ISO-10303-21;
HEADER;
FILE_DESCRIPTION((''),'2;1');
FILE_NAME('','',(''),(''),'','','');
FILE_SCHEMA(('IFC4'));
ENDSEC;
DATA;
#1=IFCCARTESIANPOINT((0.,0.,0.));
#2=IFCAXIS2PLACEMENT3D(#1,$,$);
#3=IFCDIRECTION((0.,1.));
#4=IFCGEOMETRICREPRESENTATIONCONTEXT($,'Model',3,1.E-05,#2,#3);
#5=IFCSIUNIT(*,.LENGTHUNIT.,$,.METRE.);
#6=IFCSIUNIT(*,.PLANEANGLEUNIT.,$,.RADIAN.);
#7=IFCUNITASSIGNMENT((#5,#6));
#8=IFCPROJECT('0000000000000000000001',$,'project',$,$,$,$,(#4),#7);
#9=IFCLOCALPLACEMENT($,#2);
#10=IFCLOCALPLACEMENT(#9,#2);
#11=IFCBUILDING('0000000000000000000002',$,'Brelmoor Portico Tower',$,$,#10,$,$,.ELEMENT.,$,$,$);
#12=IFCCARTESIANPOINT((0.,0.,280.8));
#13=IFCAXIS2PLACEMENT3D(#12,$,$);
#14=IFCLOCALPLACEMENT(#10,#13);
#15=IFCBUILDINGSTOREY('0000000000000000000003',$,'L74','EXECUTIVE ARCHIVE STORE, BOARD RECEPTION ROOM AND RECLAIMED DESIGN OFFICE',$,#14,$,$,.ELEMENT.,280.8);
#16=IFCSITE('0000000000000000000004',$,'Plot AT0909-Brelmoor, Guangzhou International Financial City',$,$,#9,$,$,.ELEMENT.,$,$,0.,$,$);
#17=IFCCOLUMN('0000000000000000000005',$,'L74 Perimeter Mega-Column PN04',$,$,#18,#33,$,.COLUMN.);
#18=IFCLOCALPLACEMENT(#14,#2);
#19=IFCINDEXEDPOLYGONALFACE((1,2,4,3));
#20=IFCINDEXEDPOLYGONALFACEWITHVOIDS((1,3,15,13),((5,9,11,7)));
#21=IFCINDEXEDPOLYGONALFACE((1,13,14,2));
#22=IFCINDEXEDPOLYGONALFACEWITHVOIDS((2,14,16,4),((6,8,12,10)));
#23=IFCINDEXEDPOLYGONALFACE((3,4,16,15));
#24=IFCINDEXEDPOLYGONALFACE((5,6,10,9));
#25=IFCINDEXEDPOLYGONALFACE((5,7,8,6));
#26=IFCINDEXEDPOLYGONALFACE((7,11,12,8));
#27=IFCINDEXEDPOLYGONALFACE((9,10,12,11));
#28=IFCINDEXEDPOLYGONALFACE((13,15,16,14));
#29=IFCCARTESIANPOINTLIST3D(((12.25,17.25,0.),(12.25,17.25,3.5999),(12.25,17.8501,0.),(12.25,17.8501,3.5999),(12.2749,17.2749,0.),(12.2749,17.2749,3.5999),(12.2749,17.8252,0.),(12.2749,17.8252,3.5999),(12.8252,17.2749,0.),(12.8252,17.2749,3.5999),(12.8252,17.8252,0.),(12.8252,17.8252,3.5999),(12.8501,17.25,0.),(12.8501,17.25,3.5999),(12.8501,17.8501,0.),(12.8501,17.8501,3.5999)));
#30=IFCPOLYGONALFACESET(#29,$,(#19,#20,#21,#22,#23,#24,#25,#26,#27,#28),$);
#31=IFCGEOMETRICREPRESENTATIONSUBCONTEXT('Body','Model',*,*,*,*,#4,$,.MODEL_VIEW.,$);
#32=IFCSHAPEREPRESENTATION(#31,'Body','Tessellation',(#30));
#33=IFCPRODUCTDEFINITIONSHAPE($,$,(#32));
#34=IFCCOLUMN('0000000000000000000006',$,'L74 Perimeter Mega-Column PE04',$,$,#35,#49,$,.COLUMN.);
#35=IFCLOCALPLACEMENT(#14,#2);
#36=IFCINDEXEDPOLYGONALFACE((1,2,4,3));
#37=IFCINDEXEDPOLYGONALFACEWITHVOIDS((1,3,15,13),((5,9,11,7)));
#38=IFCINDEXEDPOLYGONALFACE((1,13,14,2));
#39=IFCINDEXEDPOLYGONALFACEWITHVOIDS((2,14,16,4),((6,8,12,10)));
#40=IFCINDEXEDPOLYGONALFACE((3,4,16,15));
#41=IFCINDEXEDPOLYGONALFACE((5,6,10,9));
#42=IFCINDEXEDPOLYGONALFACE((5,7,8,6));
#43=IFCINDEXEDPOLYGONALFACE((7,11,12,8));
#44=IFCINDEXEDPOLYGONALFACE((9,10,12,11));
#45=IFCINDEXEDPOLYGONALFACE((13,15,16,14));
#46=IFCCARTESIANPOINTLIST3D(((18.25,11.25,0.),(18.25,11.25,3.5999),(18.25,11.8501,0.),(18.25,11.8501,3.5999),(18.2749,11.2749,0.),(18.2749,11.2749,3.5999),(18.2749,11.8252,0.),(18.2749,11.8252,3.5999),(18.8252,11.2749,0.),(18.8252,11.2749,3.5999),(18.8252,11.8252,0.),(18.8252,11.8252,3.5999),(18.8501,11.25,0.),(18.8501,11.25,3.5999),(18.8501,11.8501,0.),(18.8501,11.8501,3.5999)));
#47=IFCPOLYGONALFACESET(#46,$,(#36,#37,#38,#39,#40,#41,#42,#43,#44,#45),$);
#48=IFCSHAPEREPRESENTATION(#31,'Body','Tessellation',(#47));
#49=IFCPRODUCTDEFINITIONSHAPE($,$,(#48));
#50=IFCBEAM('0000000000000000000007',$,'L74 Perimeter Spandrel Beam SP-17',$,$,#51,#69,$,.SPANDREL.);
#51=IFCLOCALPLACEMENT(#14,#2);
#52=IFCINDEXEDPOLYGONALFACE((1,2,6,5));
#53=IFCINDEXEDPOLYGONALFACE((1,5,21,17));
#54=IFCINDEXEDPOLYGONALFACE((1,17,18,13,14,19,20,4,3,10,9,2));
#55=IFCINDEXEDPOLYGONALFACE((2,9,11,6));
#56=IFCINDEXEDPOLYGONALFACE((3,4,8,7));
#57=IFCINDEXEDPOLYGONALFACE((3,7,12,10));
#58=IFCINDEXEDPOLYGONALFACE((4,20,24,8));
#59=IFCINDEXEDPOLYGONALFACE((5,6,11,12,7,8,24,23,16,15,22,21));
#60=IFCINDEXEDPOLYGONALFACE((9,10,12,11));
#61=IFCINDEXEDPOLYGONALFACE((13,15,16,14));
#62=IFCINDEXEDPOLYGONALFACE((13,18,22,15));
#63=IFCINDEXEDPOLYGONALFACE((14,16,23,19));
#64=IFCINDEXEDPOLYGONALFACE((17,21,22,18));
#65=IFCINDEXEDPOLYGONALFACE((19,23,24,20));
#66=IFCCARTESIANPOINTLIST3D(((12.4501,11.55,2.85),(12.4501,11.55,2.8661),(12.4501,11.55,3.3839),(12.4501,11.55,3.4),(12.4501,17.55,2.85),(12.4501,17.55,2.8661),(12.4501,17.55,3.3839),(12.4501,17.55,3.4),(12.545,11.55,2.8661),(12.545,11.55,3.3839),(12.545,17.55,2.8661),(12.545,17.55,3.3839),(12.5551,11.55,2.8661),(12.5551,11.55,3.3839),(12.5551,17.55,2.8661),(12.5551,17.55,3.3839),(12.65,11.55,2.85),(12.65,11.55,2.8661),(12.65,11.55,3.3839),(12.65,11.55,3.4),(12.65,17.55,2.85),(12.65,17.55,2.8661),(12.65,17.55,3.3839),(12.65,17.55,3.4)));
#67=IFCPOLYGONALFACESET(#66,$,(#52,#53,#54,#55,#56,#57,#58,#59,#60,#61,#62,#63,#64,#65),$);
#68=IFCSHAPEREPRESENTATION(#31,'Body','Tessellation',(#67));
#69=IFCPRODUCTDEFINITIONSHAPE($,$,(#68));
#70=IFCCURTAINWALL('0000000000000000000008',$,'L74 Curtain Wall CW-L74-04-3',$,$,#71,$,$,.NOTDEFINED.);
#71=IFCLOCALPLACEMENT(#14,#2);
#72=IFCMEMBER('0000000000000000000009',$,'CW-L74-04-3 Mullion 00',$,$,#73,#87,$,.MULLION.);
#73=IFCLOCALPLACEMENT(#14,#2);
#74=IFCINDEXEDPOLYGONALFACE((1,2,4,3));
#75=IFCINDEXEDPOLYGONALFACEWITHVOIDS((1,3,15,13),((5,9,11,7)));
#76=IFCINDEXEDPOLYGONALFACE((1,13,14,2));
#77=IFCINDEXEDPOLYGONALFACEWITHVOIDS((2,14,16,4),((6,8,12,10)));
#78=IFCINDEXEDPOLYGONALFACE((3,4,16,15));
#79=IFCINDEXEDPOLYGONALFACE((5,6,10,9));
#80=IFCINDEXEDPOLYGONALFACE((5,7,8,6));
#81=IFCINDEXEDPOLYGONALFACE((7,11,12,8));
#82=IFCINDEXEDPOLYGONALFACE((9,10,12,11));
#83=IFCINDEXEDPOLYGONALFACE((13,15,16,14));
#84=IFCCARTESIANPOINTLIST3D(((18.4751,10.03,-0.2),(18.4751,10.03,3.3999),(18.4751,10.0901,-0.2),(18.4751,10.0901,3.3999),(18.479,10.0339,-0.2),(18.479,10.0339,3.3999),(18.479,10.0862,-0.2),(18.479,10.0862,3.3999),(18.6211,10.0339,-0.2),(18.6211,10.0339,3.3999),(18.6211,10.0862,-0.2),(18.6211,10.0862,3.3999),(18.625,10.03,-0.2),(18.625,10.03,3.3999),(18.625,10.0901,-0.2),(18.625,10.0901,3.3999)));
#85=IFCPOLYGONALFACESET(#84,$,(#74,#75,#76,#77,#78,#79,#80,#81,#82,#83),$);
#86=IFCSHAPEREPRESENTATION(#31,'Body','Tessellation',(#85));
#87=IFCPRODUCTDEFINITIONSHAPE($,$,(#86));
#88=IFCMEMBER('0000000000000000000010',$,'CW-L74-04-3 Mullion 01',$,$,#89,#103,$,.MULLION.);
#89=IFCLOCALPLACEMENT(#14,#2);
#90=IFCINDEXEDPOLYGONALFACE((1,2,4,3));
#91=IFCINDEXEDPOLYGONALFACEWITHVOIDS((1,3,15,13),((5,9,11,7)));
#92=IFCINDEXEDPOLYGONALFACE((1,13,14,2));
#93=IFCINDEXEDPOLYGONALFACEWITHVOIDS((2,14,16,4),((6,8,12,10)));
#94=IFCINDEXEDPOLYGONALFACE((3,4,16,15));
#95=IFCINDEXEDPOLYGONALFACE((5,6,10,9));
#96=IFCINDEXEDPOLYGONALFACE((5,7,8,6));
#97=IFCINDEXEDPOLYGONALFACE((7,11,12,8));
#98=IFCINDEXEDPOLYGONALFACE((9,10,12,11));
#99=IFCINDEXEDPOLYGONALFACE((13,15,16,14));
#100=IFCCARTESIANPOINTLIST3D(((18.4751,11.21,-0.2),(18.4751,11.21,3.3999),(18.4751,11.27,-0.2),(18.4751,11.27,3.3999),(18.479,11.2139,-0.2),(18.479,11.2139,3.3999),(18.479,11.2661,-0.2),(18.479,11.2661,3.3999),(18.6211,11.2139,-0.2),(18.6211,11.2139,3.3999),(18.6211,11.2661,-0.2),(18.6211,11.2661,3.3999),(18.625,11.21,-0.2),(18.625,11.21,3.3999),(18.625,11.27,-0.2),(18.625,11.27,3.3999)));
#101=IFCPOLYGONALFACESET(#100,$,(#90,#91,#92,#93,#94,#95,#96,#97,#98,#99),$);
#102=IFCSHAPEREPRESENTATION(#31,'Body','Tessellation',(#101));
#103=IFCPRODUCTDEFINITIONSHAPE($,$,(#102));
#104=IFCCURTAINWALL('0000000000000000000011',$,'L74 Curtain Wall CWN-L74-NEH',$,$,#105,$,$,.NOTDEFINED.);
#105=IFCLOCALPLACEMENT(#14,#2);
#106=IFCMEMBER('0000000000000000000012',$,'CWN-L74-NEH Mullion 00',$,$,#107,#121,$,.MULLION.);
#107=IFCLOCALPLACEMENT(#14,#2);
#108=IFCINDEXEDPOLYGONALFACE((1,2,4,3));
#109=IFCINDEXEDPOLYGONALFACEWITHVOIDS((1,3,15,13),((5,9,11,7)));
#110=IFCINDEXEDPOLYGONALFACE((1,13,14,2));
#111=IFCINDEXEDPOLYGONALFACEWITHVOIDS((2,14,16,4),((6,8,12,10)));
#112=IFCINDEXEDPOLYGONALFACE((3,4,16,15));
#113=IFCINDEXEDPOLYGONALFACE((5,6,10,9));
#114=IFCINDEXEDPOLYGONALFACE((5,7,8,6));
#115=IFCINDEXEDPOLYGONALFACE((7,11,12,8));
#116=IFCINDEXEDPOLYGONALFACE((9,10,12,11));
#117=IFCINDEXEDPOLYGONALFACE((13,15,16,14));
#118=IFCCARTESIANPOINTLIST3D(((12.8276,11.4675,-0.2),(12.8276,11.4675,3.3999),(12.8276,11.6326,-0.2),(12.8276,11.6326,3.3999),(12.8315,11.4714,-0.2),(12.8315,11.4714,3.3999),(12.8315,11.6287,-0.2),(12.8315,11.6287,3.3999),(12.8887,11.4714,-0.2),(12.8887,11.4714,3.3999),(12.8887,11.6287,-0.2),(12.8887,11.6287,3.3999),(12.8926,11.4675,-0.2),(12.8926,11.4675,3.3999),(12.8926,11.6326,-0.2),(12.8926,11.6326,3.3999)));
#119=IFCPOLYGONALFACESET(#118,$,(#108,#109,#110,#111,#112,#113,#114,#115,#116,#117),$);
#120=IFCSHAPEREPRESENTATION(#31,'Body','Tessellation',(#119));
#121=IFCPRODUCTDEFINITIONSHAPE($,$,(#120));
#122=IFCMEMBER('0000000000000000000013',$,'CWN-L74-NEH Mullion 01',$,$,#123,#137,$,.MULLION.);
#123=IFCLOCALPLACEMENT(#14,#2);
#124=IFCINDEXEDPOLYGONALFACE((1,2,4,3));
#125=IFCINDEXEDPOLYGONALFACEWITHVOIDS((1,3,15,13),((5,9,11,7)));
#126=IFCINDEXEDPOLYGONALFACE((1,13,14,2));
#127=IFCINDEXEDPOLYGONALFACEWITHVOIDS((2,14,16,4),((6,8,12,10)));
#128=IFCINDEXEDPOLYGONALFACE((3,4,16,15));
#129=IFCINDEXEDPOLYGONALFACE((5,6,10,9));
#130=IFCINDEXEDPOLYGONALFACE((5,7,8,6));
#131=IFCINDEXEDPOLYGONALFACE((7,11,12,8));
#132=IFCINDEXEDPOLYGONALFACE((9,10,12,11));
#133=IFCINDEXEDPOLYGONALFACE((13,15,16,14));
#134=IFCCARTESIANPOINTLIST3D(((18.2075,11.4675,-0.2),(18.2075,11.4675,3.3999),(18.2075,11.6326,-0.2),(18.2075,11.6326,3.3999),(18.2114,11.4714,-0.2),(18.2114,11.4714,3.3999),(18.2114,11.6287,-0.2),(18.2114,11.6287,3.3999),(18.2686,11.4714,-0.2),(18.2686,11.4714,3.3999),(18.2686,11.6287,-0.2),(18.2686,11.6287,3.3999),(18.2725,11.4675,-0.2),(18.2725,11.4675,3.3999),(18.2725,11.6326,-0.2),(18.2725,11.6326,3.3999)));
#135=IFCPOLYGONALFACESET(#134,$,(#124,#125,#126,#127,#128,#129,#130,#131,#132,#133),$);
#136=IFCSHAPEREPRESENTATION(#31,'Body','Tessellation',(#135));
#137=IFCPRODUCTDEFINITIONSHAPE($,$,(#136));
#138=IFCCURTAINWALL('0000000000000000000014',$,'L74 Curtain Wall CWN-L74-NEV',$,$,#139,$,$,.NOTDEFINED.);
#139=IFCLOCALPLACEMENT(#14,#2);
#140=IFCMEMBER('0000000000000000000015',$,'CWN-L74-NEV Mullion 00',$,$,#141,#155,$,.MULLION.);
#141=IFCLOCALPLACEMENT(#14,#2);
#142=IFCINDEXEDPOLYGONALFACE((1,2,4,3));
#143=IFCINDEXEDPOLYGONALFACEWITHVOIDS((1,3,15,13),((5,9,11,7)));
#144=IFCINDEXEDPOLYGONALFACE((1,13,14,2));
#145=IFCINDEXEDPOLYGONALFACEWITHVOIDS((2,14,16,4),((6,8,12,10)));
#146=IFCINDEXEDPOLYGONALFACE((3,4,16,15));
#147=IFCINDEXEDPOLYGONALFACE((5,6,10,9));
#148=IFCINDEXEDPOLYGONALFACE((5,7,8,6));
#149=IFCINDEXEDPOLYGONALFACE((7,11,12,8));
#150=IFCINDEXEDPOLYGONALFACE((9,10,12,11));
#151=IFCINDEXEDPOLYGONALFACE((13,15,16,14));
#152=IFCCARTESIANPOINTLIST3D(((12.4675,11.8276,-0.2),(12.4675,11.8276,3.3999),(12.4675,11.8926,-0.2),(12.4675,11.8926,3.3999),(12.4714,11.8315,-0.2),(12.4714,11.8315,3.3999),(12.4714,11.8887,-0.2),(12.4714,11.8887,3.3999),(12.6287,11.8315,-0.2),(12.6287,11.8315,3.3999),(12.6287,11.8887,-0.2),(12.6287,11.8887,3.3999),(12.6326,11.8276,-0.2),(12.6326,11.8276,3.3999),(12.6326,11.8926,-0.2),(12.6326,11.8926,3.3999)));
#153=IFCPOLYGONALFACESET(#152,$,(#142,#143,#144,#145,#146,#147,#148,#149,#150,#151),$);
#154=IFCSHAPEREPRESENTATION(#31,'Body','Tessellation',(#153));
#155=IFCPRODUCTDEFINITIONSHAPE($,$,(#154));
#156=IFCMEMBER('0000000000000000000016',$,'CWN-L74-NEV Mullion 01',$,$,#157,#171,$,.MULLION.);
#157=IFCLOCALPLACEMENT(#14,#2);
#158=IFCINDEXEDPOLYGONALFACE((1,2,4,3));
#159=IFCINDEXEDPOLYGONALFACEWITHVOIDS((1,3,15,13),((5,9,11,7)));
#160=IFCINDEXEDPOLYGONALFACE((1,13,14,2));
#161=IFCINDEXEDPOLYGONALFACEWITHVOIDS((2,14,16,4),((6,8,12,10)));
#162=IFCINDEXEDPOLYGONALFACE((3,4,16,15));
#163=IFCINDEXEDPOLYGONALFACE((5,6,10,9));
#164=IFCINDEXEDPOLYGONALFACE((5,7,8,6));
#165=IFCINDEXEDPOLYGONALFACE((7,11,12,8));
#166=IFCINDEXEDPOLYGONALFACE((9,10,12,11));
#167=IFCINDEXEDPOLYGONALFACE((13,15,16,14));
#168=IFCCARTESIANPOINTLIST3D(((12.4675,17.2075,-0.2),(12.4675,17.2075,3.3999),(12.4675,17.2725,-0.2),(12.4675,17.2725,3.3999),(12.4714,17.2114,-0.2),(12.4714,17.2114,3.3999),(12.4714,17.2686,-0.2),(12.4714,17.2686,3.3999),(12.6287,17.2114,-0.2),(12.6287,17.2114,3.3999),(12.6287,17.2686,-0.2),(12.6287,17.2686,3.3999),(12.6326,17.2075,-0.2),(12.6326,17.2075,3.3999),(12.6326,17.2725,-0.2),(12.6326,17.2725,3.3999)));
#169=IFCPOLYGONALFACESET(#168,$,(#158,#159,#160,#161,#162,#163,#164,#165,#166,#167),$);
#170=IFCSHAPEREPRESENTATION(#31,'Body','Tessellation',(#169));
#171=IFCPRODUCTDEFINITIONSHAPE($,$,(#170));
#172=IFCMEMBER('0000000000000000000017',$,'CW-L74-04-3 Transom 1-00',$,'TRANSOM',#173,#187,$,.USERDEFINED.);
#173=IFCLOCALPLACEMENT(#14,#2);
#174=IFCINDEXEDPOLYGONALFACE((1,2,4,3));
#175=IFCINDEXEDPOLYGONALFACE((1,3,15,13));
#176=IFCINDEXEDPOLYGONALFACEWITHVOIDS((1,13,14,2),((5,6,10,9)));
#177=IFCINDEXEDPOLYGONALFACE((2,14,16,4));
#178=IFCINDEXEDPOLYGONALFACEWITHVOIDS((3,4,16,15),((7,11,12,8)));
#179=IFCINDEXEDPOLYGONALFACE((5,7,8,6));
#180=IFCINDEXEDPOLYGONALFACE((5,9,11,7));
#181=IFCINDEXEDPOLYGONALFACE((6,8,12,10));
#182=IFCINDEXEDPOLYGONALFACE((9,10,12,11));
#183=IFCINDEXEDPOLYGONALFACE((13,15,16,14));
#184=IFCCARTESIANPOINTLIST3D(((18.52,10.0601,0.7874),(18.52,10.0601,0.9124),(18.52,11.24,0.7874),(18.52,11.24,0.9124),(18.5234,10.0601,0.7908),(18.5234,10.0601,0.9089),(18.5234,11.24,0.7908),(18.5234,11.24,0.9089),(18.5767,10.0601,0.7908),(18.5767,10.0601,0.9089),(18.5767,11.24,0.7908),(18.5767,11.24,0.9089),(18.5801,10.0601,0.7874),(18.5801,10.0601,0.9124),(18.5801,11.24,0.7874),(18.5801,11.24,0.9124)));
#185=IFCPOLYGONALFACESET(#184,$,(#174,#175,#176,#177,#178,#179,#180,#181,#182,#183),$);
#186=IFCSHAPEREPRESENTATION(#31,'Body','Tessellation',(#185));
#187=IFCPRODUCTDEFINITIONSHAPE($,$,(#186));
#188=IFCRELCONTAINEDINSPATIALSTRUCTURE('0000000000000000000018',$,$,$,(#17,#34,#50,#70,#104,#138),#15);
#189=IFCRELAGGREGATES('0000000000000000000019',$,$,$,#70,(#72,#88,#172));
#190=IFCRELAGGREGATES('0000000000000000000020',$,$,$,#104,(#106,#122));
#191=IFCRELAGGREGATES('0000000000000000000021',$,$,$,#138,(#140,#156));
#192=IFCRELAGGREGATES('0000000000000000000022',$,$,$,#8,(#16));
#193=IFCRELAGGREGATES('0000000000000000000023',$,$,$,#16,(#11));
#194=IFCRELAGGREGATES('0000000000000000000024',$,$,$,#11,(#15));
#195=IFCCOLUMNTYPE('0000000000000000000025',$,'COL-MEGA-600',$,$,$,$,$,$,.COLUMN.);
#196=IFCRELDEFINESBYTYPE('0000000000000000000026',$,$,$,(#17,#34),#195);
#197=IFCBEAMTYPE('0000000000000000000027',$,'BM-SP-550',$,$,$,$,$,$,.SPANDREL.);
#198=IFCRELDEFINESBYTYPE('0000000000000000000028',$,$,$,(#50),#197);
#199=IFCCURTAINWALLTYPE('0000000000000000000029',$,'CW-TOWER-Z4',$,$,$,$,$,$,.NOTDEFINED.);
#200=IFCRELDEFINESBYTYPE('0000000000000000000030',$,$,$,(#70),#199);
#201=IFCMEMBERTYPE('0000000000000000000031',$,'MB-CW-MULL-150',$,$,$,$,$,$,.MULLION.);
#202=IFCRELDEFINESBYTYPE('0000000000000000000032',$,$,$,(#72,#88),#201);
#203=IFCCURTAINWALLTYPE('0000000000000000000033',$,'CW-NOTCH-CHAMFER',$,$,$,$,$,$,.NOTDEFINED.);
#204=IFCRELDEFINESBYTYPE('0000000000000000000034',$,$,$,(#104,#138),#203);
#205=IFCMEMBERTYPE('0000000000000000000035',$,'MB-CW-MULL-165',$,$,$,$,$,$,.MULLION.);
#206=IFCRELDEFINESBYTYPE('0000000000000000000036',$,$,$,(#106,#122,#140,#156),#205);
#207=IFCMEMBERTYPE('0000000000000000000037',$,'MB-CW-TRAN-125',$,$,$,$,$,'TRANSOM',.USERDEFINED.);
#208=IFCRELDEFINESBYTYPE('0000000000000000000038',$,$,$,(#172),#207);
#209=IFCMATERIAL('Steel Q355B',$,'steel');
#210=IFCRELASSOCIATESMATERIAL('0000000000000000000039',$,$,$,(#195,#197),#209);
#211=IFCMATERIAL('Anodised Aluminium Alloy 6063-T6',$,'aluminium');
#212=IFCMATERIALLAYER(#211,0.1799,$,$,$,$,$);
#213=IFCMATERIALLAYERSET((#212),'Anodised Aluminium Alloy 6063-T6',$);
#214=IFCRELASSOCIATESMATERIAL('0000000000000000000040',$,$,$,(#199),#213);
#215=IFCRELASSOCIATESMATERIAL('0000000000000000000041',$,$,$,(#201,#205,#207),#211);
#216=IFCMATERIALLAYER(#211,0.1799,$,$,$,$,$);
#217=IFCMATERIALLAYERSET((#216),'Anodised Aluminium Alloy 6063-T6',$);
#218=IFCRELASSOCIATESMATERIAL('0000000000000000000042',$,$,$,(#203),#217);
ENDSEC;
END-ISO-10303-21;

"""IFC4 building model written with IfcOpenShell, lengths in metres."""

from ifc_helpers import new_model, si_unit, direction, frame, origin, origin_2d, place, context, subcontext, project, spatial, hollow_rectangle, i_section, extrude, material, layer, layer_set, material_profile, profile_set, type_object, element, aggregate, save


model = new_model("IFC4")

# Units and contexts
model_context = context("Model", 3, precision=1e-05, world=origin(), true_north=direction((0.0, 1.0)))
body_context = subcontext(model_context, "Body", "Model", "MODEL_VIEW")
ifc_project = project(units=[si_unit("LENGTHUNIT", "METRE"), si_unit("PLANEANGLEUNIT", "RADIAN")], contexts=[model_context])

# Site, building, storey
site_placement = place(None, origin())
site = spatial("IfcSite", under=ifc_project, at=site_placement, Name="Plot AT0909-Brelmoor, Guangzhou International Financial City", CompositionType="ELEMENT", RefElevation=0.0)
building_placement = place(site_placement, origin())
building = spatial("IfcBuilding", under=site, at=building_placement, Name="Brelmoor Portico Tower", CompositionType="ELEMENT")
storey_placement = place(building_placement, frame((0.0, 0.0, 280.8)))
storey = spatial("IfcBuildingStorey", under=building, at=storey_placement, Name="L74", Description="EXECUTIVE ARCHIVE STORE, BOARD RECEPTION ROOM AND RECLAIMED DESIGN OFFICE", CompositionType="ELEMENT", Elevation=280.8)

# Columns
ifc_material_1 = material(Name="Steel Q355B", Category="steel")
ifc_material_profile_1 = material_profile(ifc_material_1, hollow_rectangle(XDim=0.6001, YDim=0.6001, WallThickness=0.0249, at=origin_2d()), Name="BOX 600x600x25")
ifc_profile_set_1 = profile_set([ifc_material_profile_1], Name="Steel Q355B")
column_type = type_object("IfcColumnType", Name="COL-MEGA-600", PredefinedType="COLUMN", material=ifc_profile_set_1)
for number, where, z_axis, x_axis, name in (
    (1, (12.55, 17.55, 0.0), (0.0, 0.0, 1.0), (1.0, 0.0, 0.0), "L74 Perimeter Mega-Column PN04"),
    (2, (18.55, 11.55, 0.0), (0.0, 0.0, 1.0), (0.0, 1.0, 0.0), "L74 Perimeter Mega-Column PE04"),
):
    element("IfcColumn", number, at=place(storey_placement, frame(where, z_axis=z_axis, x_axis=x_axis)), inside=storey, type_object=column_type, Name=name, PredefinedType="COLUMN", context=body_context, shape_type="SweptSolid", body=[
        extrude(hollow_rectangle(XDim=0.6001, YDim=0.6001, WallThickness=0.0249, at=origin_2d()), origin(), (0.0, 0.0, 1.0), 3.5999),
    ])

# Beam
ifc_material_profile_2 = material_profile(ifc_material_1, i_section(OverallWidth=0.2, OverallDepth=0.55, WebThickness=0.01, FlangeThickness=0.0161, at=origin_2d()), Name="HN 550x200x10x16")
ifc_profile_set_2 = profile_set([ifc_material_profile_2], Name="Steel Q355B")
beam_type = type_object("IfcBeamType", Name="BM-SP-550", PredefinedType="SPANDREL", material=ifc_profile_set_2)
beam_placement = place(storey_placement, frame((12.55, 11.55, 3.125), z_axis=(0.0, 1.0, 0.0), x_axis=(-1.0, 0.0, 0.0)))
element("IfcBeam", 3, at=beam_placement, inside=storey, type_object=beam_type, Name="L74 Perimeter Spandrel Beam SP-17", PredefinedType="SPANDREL", context=body_context, shape_type="SweptSolid", body=[
    extrude(i_section(OverallWidth=0.2, OverallDepth=0.55, WebThickness=0.01, FlangeThickness=0.0161, at=origin_2d()), origin(), (0.0, 0.0, 1.0), 6.0),
])

# Curtain walls, members
ifc_material_2 = material(Name="Anodised Aluminium Alloy 6063-T6", Category="aluminium")
ifc_layer_1 = layer(ifc_material_2, 0.1799)
ifc_layer_set_1 = layer_set([ifc_layer_1], Name="Anodised Aluminium Alloy 6063-T6")
curtain_wall_type_1 = type_object("IfcCurtainWallType", Name="CW-TOWER-Z4", PredefinedType="NOTDEFINED", material=ifc_layer_set_1)
curtain_wall_1_placement = place(storey_placement, origin())
curtain_wall_1 = element("IfcCurtainWall", 4, at=curtain_wall_1_placement, inside=storey, type_object=curtain_wall_type_1, Name="L74 Curtain Wall CW-L74-04-3", PredefinedType="NOTDEFINED")
ifc_material_profile_3 = material_profile(ifc_material_2, hollow_rectangle(XDim=0.0601, YDim=0.1499, WallThickness=0.0039, at=origin_2d()), Name="ALU MULLION 60x150")
ifc_profile_set_3 = profile_set([ifc_material_profile_3], Name="Anodised Aluminium Alloy 6063-T6")
member_type_1 = type_object("IfcMemberType", Name="MB-CW-MULL-150", PredefinedType="MULLION", material=ifc_profile_set_3)
member_1_placement = place(storey_placement, frame((18.55, 10.0601, -0.2), z_axis=(0.0, 0.0, 1.0), x_axis=(0.0, 1.0, 0.0)))
member_1 = element("IfcMember", 5, at=member_1_placement, type_object=member_type_1, Name="CW-L74-04-3 Mullion 00", PredefinedType="MULLION", context=body_context, shape_type="SweptSolid", body=[
    extrude(hollow_rectangle(XDim=0.0601, YDim=0.1499, WallThickness=0.0039, at=origin_2d()), origin(), (0.0, 0.0, 1.0), 3.5999),
])
member_2_placement = place(storey_placement, frame((18.55, 11.24, -0.2), z_axis=(0.0, 0.0, 1.0), x_axis=(0.0, 1.0, 0.0)))
member_2 = element("IfcMember", 6, at=member_2_placement, type_object=member_type_1, Name="CW-L74-04-3 Mullion 01", PredefinedType="MULLION", context=body_context, shape_type="SweptSolid", body=[
    extrude(hollow_rectangle(XDim=0.0601, YDim=0.1499, WallThickness=0.0039, at=origin_2d()), origin(), (0.0, 0.0, 1.0), 3.5999),
])
ifc_layer_2 = layer(ifc_material_2, 0.1799)
ifc_layer_set_2 = layer_set([ifc_layer_2], Name="Anodised Aluminium Alloy 6063-T6")
curtain_wall_type_2 = type_object("IfcCurtainWallType", Name="CW-NOTCH-CHAMFER", PredefinedType="NOTDEFINED", material=ifc_layer_set_2)
curtain_wall_2_placement = place(storey_placement, origin())
curtain_wall_2 = element("IfcCurtainWall", 7, at=curtain_wall_2_placement, inside=storey, type_object=curtain_wall_type_2, Name="L74 Curtain Wall CWN-L74-NEH", PredefinedType="NOTDEFINED")
ifc_material_profile_4 = material_profile(ifc_material_2, hollow_rectangle(XDim=0.0649, YDim=0.165, WallThickness=0.0039, at=origin_2d()), Name="ALU MULLION 65x165")
ifc_profile_set_4 = profile_set([ifc_material_profile_4], Name="Anodised Aluminium Alloy 6063-T6")
member_type_2 = type_object("IfcMemberType", Name="MB-CW-MULL-165", PredefinedType="MULLION", material=ifc_profile_set_4)
member_3_placement = place(storey_placement, frame((12.8601, 11.55, -0.2), z_axis=(0.0, 0.0, 1.0), x_axis=(1.0, 0.0, 0.0)))
member_3 = element("IfcMember", 8, at=member_3_placement, type_object=member_type_2, Name="CWN-L74-NEH Mullion 00", PredefinedType="MULLION", context=body_context, shape_type="SweptSolid", body=[
    extrude(hollow_rectangle(XDim=0.0649, YDim=0.165, WallThickness=0.0039, at=origin_2d()), origin(), (0.0, 0.0, 1.0), 3.5999),
])
member_4_placement = place(storey_placement, frame((18.24, 11.55, -0.2), z_axis=(0.0, 0.0, 1.0), x_axis=(1.0, 0.0, 0.0)))
member_4 = element("IfcMember", 9, at=member_4_placement, type_object=member_type_2, Name="CWN-L74-NEH Mullion 01", PredefinedType="MULLION", context=body_context, shape_type="SweptSolid", body=[
    extrude(hollow_rectangle(XDim=0.0649, YDim=0.165, WallThickness=0.0039, at=origin_2d()), origin(), (0.0, 0.0, 1.0), 3.5999),
])
curtain_wall_3_placement = place(storey_placement, origin())
curtain_wall_3 = element("IfcCurtainWall", 10, at=curtain_wall_3_placement, inside=storey, type_object=curtain_wall_type_2, Name="L74 Curtain Wall CWN-L74-NEV", PredefinedType="NOTDEFINED")
member_5_placement = place(storey_placement, frame((12.55, 11.8601, -0.2), z_axis=(0.0, 0.0, 1.0), x_axis=(0.0, 1.0, 0.0)))
member_5 = element("IfcMember", 11, at=member_5_placement, type_object=member_type_2, Name="CWN-L74-NEV Mullion 00", PredefinedType="MULLION", context=body_context, shape_type="SweptSolid", body=[
    extrude(hollow_rectangle(XDim=0.0649, YDim=0.165, WallThickness=0.0039, at=origin_2d()), origin(), (0.0, 0.0, 1.0), 3.5999),
])
member_6_placement = place(storey_placement, frame((12.55, 17.24, -0.2), z_axis=(0.0, 0.0, 1.0), x_axis=(0.0, 1.0, 0.0)))
member_6 = element("IfcMember", 12, at=member_6_placement, type_object=member_type_2, Name="CWN-L74-NEV Mullion 01", PredefinedType="MULLION", context=body_context, shape_type="SweptSolid", body=[
    extrude(hollow_rectangle(XDim=0.0649, YDim=0.165, WallThickness=0.0039, at=origin_2d()), origin(), (0.0, 0.0, 1.0), 3.5999),
])

# Member
ifc_material_profile_5 = material_profile(ifc_material_2, hollow_rectangle(XDim=0.0601, YDim=0.125, WallThickness=0.0034, at=origin_2d()), Name="ALU TRANSOM 60x125")
ifc_profile_set_5 = profile_set([ifc_material_profile_5], Name="Anodised Aluminium Alloy 6063-T6")
member_type_3 = type_object("IfcMemberType", Name="MB-CW-TRAN-125", ElementType="TRANSOM", PredefinedType="USERDEFINED", material=ifc_profile_set_5)
member_7_placement = place(storey_placement, frame((18.55, 10.0601, 0.8499), z_axis=(0.0, 1.0, 0.0), x_axis=(-1.0, 0.0, 0.0)))
member_7 = element("IfcMember", 13, at=member_7_placement, type_object=member_type_3, Name="CW-L74-04-3 Transom 1-00", ObjectType="TRANSOM", PredefinedType="USERDEFINED", context=body_context, shape_type="SweptSolid", body=[
    extrude(hollow_rectangle(XDim=0.0601, YDim=0.125, WallThickness=0.0034, at=origin_2d()), origin(), (0.0, 0.0, 1.0), 1.1799),
])

aggregate(curtain_wall_1, [member_1, member_2, member_7])
aggregate(curtain_wall_2, [member_3, member_4])
aggregate(curtain_wall_3, [member_5, member_6])

save(model, "model.ifc")
